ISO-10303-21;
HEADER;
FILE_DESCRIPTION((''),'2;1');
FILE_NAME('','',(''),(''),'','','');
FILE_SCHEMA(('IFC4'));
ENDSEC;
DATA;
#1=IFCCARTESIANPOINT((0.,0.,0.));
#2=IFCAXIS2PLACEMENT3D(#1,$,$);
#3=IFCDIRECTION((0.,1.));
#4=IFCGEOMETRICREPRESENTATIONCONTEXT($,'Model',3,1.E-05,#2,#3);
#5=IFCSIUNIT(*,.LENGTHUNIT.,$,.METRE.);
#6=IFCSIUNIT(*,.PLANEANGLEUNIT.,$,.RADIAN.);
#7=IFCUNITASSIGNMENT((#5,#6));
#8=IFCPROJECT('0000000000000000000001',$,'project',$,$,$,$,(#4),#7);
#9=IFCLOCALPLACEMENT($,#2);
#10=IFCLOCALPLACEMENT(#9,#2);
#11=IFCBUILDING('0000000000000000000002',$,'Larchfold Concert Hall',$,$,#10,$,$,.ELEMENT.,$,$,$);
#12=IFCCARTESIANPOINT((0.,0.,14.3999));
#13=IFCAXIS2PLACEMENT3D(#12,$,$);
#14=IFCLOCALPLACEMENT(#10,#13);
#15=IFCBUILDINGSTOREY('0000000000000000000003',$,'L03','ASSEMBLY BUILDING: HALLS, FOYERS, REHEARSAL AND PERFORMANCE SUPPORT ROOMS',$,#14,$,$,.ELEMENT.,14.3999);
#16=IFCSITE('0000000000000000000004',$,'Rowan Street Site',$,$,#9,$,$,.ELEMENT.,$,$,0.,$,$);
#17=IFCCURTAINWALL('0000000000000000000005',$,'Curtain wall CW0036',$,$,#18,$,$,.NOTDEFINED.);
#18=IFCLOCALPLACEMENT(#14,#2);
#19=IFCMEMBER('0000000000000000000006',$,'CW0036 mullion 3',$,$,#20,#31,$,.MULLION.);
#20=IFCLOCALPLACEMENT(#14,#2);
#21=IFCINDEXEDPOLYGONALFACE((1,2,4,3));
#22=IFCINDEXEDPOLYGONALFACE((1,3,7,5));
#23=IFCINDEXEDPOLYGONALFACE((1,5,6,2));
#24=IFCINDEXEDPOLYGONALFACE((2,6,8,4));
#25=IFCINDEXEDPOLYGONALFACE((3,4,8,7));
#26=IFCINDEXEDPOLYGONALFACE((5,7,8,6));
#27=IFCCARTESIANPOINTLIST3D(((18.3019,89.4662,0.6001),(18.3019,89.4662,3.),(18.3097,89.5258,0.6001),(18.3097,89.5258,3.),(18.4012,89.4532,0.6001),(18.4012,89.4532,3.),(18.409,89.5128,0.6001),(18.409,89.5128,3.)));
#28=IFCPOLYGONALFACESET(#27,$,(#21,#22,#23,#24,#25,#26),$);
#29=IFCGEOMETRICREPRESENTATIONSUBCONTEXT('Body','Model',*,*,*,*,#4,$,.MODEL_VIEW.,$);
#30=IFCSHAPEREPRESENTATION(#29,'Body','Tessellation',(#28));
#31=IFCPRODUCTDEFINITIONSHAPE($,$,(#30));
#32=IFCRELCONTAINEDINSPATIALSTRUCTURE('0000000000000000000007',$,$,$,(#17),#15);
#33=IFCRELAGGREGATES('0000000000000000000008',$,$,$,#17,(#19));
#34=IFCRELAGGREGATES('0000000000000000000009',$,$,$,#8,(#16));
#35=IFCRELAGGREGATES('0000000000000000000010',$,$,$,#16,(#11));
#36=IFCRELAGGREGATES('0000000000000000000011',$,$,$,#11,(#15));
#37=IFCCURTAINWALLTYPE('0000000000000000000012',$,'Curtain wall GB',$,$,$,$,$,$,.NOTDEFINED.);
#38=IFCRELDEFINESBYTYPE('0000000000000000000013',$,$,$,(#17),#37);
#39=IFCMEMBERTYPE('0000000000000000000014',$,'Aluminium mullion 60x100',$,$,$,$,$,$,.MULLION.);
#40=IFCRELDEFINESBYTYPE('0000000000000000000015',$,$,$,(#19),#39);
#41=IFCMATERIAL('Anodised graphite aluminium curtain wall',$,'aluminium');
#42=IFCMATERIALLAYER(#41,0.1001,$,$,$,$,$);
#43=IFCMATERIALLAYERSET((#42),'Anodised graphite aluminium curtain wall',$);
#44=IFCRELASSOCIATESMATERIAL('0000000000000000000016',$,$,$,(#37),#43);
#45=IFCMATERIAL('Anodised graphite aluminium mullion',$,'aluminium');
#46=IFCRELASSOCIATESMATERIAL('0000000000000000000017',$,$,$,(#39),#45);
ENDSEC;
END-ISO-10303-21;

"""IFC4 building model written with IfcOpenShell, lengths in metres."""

from ifc_helpers import new_model, si_unit, direction, frame, origin, origin_2d, place, context, subcontext, project, spatial, rectangle, extrude, material, layer, layer_set, material_profile, profile_set, type_object, element, aggregate, save


model = new_model("IFC4")

# Units and contexts
model_context = context("Model", 3, precision=1e-05, world=origin(), true_north=direction((0.0, 1.0)))
body_context = subcontext(model_context, "Body", "Model", "MODEL_VIEW")
ifc_project = project(units=[si_unit("LENGTHUNIT", "METRE"), si_unit("PLANEANGLEUNIT", "RADIAN")], contexts=[model_context])

# Site, building, storey
site_placement = place(None, origin())
site = spatial("IfcSite", under=ifc_project, at=site_placement, Name="Rowan Street Site", CompositionType="ELEMENT", RefElevation=0.0)
building_placement = place(site_placement, origin())
building = spatial("IfcBuilding", under=site, at=building_placement, Name="Larchfold Concert Hall", CompositionType="ELEMENT")
storey_placement = place(building_placement, frame((0.0, 0.0, 14.3999)))
storey = spatial("IfcBuildingStorey", under=building, at=storey_placement, Name="L03", Description="ASSEMBLY BUILDING: HALLS, FOYERS, REHEARSAL AND PERFORMANCE SUPPORT ROOMS", CompositionType="ELEMENT", Elevation=14.3999)

# Curtain wall, member
ifc_material_1 = material(Name="Anodised graphite aluminium curtain wall", Category="aluminium")
ifc_layer_1 = layer(ifc_material_1, 0.1001)
ifc_layer_set_1 = layer_set([ifc_layer_1], Name="Anodised graphite aluminium curtain wall")
curtain_wall_type = type_object("IfcCurtainWallType", Name="Curtain wall GB", PredefinedType="NOTDEFINED", material=ifc_layer_set_1)
curtain_wall_1_placement = place(storey_placement, origin())
curtain_wall_1 = element("IfcCurtainWall", 1, at=curtain_wall_1_placement, inside=storey, type_object=curtain_wall_type, Name="Curtain wall CW0036", PredefinedType="NOTDEFINED")
ifc_material_2 = material(Name="Anodised graphite aluminium mullion", Category="aluminium")
ifc_material_profile_1 = material_profile(ifc_material_2, rectangle(XDim=0.1001, YDim=0.0601, at=origin_2d()))
ifc_profile_set_1 = profile_set([ifc_material_profile_1], Name="Anodised graphite aluminium mullion")
member_type_1 = type_object("IfcMemberType", Name="Aluminium mullion 60x100", PredefinedType="MULLION", material=ifc_profile_set_1)
member_1_placement = place(storey_placement, frame((18.3555, 89.4895, 0.6001), z_axis=(0.0, 0.0, 1.0), x_axis=(0.991548, -0.129744, 0.0)))
member_1 = element("IfcMember", 2, at=member_1_placement, type_object=member_type_1, Name="CW0036 mullion 3", PredefinedType="MULLION", context=body_context, shape_type="SweptSolid", body=[
    extrude(rectangle(XDim=0.1001, YDim=0.0601, at=origin_2d()), origin(), (0.0, 0.0, 1.0), 2.3999),
])

aggregate(curtain_wall_1, [member_1])

save(model, "model.ifc")
